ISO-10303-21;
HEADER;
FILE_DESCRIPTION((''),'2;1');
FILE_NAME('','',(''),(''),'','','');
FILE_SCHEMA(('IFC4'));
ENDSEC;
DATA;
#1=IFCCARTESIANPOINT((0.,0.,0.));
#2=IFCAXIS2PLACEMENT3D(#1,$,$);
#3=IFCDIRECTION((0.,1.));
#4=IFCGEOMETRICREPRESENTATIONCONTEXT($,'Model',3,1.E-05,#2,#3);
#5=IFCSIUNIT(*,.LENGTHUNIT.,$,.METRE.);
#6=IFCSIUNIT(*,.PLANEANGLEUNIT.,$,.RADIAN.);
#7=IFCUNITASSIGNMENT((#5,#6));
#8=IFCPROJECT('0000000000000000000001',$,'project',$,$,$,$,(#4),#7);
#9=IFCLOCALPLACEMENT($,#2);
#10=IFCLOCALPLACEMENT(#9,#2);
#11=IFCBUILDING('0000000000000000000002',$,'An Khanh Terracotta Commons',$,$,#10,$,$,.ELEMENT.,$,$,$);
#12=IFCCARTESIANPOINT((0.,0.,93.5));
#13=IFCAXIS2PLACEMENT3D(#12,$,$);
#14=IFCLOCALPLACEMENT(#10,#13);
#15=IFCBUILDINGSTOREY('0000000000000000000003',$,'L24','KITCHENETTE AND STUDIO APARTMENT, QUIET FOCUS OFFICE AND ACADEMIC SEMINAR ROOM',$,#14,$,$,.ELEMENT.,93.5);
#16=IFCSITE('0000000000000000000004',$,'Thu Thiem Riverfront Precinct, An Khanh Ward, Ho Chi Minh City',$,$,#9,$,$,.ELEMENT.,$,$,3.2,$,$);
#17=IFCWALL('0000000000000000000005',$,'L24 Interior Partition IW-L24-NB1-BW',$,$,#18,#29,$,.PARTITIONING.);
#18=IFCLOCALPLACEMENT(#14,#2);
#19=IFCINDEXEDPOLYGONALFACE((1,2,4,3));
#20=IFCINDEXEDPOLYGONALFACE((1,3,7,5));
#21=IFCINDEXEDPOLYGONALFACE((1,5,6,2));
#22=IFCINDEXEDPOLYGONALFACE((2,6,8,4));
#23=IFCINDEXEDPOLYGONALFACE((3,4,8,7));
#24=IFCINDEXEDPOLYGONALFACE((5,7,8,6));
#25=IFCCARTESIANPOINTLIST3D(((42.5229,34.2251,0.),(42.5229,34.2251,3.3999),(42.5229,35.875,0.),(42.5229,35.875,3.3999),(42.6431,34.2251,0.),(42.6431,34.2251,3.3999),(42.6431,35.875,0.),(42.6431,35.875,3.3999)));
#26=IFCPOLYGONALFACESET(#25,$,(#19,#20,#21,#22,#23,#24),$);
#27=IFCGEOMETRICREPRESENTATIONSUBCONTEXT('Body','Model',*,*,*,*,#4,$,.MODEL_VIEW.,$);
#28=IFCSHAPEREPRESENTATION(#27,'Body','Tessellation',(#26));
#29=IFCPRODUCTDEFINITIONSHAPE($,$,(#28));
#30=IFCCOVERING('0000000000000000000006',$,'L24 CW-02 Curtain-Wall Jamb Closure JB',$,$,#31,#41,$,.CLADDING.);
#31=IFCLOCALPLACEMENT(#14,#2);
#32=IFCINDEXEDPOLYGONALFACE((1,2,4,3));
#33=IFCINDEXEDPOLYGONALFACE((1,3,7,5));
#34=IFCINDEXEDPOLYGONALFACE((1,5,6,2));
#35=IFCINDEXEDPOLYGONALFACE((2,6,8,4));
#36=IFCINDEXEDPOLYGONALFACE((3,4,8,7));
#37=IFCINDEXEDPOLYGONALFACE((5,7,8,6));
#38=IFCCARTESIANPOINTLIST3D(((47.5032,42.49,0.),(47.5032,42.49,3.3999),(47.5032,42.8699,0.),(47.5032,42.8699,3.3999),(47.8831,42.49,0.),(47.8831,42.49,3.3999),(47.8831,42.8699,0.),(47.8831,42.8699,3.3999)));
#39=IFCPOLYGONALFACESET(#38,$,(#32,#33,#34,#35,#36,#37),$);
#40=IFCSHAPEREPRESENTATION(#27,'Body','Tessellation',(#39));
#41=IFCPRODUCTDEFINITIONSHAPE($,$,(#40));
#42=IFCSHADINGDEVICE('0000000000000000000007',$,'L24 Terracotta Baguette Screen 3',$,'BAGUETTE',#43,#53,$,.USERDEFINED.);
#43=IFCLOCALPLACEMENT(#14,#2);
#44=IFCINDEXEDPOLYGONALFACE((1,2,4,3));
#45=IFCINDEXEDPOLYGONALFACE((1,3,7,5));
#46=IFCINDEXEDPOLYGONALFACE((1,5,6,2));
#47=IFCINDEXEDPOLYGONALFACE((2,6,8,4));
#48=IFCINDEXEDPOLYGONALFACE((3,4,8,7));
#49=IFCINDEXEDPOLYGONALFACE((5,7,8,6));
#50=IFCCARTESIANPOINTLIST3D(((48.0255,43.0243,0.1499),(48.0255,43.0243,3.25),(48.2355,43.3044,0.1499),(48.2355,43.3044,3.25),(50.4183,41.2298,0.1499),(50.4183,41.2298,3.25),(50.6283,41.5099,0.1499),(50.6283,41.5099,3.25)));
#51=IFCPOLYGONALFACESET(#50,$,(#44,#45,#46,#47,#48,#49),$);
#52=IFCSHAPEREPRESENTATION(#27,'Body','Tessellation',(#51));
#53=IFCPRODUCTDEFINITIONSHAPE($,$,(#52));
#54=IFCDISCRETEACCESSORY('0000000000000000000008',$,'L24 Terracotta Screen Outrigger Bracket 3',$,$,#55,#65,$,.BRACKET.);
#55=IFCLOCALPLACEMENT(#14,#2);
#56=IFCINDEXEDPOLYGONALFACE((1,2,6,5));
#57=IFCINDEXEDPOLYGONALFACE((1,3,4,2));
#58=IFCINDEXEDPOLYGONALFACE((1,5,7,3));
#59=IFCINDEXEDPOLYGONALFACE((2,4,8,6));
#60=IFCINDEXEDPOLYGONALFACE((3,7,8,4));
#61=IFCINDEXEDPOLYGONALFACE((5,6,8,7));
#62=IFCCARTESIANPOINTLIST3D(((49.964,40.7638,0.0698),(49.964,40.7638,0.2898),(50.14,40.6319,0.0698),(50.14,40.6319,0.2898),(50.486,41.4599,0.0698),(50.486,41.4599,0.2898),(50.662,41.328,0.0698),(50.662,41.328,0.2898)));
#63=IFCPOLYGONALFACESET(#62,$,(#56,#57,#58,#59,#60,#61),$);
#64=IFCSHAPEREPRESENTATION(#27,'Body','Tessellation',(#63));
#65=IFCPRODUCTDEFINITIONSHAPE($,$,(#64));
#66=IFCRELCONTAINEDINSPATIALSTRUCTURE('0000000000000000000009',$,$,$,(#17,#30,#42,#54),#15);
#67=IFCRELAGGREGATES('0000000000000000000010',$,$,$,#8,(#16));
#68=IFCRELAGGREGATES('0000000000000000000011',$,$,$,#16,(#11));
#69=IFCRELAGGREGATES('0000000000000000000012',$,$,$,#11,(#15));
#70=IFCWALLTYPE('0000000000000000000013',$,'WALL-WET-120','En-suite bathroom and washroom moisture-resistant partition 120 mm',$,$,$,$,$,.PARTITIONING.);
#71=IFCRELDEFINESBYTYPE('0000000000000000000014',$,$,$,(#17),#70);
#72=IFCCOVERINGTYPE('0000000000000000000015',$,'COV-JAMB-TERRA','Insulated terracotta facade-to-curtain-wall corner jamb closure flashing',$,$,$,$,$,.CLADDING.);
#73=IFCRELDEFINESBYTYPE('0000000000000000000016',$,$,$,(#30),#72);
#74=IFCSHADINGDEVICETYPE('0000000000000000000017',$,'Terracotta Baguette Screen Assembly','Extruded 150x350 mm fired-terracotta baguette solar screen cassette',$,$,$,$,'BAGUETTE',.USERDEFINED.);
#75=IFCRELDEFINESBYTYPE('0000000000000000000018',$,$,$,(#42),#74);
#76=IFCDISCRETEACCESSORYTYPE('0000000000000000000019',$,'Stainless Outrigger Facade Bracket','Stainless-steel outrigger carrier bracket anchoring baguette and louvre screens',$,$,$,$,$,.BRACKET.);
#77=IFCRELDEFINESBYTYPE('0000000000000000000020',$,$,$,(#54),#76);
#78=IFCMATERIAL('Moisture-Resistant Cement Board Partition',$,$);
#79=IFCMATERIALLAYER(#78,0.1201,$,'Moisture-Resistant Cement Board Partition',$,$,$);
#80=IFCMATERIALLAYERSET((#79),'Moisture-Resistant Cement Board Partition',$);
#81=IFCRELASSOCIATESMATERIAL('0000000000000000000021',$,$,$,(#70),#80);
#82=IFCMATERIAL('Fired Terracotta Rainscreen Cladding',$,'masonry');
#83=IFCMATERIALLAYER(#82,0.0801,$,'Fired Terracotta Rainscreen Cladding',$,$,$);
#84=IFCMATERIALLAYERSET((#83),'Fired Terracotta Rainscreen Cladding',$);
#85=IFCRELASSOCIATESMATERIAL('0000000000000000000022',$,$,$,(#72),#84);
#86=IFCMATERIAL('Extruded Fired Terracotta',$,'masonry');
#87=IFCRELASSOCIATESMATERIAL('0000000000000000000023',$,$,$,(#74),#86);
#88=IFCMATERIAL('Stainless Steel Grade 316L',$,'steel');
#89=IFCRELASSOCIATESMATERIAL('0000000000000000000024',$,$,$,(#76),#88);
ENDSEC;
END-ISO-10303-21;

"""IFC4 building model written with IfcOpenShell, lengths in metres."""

from ifc_helpers import new_model, si_unit, direction, frame, frame_2d, origin, origin_2d, place, context, subcontext, project, spatial, rectangle, extrude, material, layer, layer_set, type_object, element, save


model = new_model("IFC4")

# Units and contexts
model_context = context("Model", 3, precision=1e-05, world=origin(), true_north=direction((0.0, 1.0)))
body_context = subcontext(model_context, "Body", "Model", "MODEL_VIEW")
ifc_project = project(units=[si_unit("LENGTHUNIT", "METRE"), si_unit("PLANEANGLEUNIT", "RADIAN")], contexts=[model_context])

# Site, building, storey
site_placement = place(None, origin())
site = spatial("IfcSite", under=ifc_project, at=site_placement, Name="Thu Thiem Riverfront Precinct, An Khanh Ward, Ho Chi Minh City", CompositionType="ELEMENT", RefElevation=3.2)
building_placement = place(site_placement, origin())
building = spatial("IfcBuilding", under=site, at=building_placement, Name="An Khanh Terracotta Commons", CompositionType="ELEMENT")
storey_placement = place(building_placement, frame((0.0, 0.0, 93.5)))
storey = spatial("IfcBuildingStorey", under=building, at=storey_placement, Name="L24", Description="KITCHENETTE AND STUDIO APARTMENT, QUIET FOCUS OFFICE AND ACADEMIC SEMINAR ROOM", CompositionType="ELEMENT", Elevation=93.5)

# Wall
ifc_material_1 = material(Name="Moisture-Resistant Cement Board Partition")
ifc_layer_1 = layer(ifc_material_1, 0.1201, Name="Moisture-Resistant Cement Board Partition")
ifc_layer_set_1 = layer_set([ifc_layer_1], Name="Moisture-Resistant Cement Board Partition")
wall_type_1 = type_object("IfcWallType", Name="WALL-WET-120", Description="En-suite bathroom and washroom moisture-resistant partition 120 mm", PredefinedType="PARTITIONING", material=ifc_layer_set_1)
wall_1_placement = place(storey_placement, frame((42.583, 35.875, 0.0), z_axis=(0.0, 0.0, 1.0), x_axis=(0.0, -1.0, 0.0)))
element("IfcWall", 1, at=wall_1_placement, inside=storey, type_object=wall_type_1, Name="L24 Interior Partition IW-L24-NB1-BW", PredefinedType="PARTITIONING", context=body_context, shape_type="SweptSolid", body=[
    extrude(rectangle(XDim=1.6499, YDim=0.1201, at=frame_2d((0.825, 0.0))), origin(), (0.0, 0.0, 1.0), 3.3999),
])

# Covering
ifc_material_2 = material(Name="Fired Terracotta Rainscreen Cladding", Category="masonry")
ifc_layer_2 = layer(ifc_material_2, 0.0801, Name="Fired Terracotta Rainscreen Cladding")
ifc_layer_set_2 = layer_set([ifc_layer_2], Name="Fired Terracotta Rainscreen Cladding")
covering_type = type_object("IfcCoveringType", Name="COV-JAMB-TERRA", Description="Insulated terracotta facade-to-curtain-wall corner jamb closure flashing", PredefinedType="CLADDING", material=ifc_layer_set_2)
covering_placement = place(storey_placement, frame((47.6931, 42.6799, 0.0), z_axis=(0.0, 0.0, 1.0), x_axis=(1.0, 0.0, 0.0)))
element("IfcCovering", 2, at=covering_placement, inside=storey, type_object=covering_type, Name="L24 CW-02 Curtain-Wall Jamb Closure JB", PredefinedType="CLADDING", context=body_context, shape_type="SweptSolid", body=[
    extrude(rectangle(XDim=0.3799, YDim=0.3799, at=origin_2d()), origin(), (0.0, 0.0, 1.0), 3.3999),
])

# Shading device
ifc_material_3 = material(Name="Extruded Fired Terracotta", Category="masonry")
shading_device_type = type_object("IfcShadingDeviceType", Name="Terracotta Baguette Screen Assembly", Description="Extruded 150x350 mm fired-terracotta baguette solar screen cassette", ElementType="BAGUETTE", PredefinedType="USERDEFINED", material=ifc_material_3)
shading_device_placement = place(storey_placement, frame((49.3269, 42.2671, 0.1499), z_axis=(0.0, 0.0, 1.0), x_axis=(-0.800013, 0.599983, 0.0)))
element("IfcShadingDevice", 3, at=shading_device_placement, inside=storey, type_object=shading_device_type, Name="L24 Terracotta Baguette Screen 3", ObjectType="BAGUETTE", PredefinedType="USERDEFINED", context=body_context, shape_type="SweptSolid", body=[
    extrude(rectangle(XDim=2.991, YDim=0.3501, at=origin_2d()), origin(), (0.0, 0.0, 1.0), 3.1001),
])

# Discrete accessory
ifc_material_4 = material(Name="Stainless Steel Grade 316L", Category="steel")
discrete_accessory_type = type_object("IfcDiscreteAccessoryType", Name="Stainless Outrigger Facade Bracket", Description="Stainless-steel outrigger carrier bracket anchoring baguette and louvre screens", PredefinedType="BRACKET", material=ifc_material_4)
discrete_accessory_placement = place(storey_placement, frame((50.313, 41.0459, 0.0698), z_axis=(0.0, 0.0, 1.0), x_axis=(-0.800013, 0.599983, 0.0)))
element("IfcDiscreteAccessory", 4, at=discrete_accessory_placement, inside=storey, type_object=discrete_accessory_type, Name="L24 Terracotta Screen Outrigger Bracket 3", PredefinedType="BRACKET", context=body_context, shape_type="SweptSolid", body=[
    extrude(rectangle(XDim=0.22, YDim=0.8701, at=origin_2d()), origin(), (0.0, 0.0, 1.0), 0.22),
])

save(model, "model.ifc")
